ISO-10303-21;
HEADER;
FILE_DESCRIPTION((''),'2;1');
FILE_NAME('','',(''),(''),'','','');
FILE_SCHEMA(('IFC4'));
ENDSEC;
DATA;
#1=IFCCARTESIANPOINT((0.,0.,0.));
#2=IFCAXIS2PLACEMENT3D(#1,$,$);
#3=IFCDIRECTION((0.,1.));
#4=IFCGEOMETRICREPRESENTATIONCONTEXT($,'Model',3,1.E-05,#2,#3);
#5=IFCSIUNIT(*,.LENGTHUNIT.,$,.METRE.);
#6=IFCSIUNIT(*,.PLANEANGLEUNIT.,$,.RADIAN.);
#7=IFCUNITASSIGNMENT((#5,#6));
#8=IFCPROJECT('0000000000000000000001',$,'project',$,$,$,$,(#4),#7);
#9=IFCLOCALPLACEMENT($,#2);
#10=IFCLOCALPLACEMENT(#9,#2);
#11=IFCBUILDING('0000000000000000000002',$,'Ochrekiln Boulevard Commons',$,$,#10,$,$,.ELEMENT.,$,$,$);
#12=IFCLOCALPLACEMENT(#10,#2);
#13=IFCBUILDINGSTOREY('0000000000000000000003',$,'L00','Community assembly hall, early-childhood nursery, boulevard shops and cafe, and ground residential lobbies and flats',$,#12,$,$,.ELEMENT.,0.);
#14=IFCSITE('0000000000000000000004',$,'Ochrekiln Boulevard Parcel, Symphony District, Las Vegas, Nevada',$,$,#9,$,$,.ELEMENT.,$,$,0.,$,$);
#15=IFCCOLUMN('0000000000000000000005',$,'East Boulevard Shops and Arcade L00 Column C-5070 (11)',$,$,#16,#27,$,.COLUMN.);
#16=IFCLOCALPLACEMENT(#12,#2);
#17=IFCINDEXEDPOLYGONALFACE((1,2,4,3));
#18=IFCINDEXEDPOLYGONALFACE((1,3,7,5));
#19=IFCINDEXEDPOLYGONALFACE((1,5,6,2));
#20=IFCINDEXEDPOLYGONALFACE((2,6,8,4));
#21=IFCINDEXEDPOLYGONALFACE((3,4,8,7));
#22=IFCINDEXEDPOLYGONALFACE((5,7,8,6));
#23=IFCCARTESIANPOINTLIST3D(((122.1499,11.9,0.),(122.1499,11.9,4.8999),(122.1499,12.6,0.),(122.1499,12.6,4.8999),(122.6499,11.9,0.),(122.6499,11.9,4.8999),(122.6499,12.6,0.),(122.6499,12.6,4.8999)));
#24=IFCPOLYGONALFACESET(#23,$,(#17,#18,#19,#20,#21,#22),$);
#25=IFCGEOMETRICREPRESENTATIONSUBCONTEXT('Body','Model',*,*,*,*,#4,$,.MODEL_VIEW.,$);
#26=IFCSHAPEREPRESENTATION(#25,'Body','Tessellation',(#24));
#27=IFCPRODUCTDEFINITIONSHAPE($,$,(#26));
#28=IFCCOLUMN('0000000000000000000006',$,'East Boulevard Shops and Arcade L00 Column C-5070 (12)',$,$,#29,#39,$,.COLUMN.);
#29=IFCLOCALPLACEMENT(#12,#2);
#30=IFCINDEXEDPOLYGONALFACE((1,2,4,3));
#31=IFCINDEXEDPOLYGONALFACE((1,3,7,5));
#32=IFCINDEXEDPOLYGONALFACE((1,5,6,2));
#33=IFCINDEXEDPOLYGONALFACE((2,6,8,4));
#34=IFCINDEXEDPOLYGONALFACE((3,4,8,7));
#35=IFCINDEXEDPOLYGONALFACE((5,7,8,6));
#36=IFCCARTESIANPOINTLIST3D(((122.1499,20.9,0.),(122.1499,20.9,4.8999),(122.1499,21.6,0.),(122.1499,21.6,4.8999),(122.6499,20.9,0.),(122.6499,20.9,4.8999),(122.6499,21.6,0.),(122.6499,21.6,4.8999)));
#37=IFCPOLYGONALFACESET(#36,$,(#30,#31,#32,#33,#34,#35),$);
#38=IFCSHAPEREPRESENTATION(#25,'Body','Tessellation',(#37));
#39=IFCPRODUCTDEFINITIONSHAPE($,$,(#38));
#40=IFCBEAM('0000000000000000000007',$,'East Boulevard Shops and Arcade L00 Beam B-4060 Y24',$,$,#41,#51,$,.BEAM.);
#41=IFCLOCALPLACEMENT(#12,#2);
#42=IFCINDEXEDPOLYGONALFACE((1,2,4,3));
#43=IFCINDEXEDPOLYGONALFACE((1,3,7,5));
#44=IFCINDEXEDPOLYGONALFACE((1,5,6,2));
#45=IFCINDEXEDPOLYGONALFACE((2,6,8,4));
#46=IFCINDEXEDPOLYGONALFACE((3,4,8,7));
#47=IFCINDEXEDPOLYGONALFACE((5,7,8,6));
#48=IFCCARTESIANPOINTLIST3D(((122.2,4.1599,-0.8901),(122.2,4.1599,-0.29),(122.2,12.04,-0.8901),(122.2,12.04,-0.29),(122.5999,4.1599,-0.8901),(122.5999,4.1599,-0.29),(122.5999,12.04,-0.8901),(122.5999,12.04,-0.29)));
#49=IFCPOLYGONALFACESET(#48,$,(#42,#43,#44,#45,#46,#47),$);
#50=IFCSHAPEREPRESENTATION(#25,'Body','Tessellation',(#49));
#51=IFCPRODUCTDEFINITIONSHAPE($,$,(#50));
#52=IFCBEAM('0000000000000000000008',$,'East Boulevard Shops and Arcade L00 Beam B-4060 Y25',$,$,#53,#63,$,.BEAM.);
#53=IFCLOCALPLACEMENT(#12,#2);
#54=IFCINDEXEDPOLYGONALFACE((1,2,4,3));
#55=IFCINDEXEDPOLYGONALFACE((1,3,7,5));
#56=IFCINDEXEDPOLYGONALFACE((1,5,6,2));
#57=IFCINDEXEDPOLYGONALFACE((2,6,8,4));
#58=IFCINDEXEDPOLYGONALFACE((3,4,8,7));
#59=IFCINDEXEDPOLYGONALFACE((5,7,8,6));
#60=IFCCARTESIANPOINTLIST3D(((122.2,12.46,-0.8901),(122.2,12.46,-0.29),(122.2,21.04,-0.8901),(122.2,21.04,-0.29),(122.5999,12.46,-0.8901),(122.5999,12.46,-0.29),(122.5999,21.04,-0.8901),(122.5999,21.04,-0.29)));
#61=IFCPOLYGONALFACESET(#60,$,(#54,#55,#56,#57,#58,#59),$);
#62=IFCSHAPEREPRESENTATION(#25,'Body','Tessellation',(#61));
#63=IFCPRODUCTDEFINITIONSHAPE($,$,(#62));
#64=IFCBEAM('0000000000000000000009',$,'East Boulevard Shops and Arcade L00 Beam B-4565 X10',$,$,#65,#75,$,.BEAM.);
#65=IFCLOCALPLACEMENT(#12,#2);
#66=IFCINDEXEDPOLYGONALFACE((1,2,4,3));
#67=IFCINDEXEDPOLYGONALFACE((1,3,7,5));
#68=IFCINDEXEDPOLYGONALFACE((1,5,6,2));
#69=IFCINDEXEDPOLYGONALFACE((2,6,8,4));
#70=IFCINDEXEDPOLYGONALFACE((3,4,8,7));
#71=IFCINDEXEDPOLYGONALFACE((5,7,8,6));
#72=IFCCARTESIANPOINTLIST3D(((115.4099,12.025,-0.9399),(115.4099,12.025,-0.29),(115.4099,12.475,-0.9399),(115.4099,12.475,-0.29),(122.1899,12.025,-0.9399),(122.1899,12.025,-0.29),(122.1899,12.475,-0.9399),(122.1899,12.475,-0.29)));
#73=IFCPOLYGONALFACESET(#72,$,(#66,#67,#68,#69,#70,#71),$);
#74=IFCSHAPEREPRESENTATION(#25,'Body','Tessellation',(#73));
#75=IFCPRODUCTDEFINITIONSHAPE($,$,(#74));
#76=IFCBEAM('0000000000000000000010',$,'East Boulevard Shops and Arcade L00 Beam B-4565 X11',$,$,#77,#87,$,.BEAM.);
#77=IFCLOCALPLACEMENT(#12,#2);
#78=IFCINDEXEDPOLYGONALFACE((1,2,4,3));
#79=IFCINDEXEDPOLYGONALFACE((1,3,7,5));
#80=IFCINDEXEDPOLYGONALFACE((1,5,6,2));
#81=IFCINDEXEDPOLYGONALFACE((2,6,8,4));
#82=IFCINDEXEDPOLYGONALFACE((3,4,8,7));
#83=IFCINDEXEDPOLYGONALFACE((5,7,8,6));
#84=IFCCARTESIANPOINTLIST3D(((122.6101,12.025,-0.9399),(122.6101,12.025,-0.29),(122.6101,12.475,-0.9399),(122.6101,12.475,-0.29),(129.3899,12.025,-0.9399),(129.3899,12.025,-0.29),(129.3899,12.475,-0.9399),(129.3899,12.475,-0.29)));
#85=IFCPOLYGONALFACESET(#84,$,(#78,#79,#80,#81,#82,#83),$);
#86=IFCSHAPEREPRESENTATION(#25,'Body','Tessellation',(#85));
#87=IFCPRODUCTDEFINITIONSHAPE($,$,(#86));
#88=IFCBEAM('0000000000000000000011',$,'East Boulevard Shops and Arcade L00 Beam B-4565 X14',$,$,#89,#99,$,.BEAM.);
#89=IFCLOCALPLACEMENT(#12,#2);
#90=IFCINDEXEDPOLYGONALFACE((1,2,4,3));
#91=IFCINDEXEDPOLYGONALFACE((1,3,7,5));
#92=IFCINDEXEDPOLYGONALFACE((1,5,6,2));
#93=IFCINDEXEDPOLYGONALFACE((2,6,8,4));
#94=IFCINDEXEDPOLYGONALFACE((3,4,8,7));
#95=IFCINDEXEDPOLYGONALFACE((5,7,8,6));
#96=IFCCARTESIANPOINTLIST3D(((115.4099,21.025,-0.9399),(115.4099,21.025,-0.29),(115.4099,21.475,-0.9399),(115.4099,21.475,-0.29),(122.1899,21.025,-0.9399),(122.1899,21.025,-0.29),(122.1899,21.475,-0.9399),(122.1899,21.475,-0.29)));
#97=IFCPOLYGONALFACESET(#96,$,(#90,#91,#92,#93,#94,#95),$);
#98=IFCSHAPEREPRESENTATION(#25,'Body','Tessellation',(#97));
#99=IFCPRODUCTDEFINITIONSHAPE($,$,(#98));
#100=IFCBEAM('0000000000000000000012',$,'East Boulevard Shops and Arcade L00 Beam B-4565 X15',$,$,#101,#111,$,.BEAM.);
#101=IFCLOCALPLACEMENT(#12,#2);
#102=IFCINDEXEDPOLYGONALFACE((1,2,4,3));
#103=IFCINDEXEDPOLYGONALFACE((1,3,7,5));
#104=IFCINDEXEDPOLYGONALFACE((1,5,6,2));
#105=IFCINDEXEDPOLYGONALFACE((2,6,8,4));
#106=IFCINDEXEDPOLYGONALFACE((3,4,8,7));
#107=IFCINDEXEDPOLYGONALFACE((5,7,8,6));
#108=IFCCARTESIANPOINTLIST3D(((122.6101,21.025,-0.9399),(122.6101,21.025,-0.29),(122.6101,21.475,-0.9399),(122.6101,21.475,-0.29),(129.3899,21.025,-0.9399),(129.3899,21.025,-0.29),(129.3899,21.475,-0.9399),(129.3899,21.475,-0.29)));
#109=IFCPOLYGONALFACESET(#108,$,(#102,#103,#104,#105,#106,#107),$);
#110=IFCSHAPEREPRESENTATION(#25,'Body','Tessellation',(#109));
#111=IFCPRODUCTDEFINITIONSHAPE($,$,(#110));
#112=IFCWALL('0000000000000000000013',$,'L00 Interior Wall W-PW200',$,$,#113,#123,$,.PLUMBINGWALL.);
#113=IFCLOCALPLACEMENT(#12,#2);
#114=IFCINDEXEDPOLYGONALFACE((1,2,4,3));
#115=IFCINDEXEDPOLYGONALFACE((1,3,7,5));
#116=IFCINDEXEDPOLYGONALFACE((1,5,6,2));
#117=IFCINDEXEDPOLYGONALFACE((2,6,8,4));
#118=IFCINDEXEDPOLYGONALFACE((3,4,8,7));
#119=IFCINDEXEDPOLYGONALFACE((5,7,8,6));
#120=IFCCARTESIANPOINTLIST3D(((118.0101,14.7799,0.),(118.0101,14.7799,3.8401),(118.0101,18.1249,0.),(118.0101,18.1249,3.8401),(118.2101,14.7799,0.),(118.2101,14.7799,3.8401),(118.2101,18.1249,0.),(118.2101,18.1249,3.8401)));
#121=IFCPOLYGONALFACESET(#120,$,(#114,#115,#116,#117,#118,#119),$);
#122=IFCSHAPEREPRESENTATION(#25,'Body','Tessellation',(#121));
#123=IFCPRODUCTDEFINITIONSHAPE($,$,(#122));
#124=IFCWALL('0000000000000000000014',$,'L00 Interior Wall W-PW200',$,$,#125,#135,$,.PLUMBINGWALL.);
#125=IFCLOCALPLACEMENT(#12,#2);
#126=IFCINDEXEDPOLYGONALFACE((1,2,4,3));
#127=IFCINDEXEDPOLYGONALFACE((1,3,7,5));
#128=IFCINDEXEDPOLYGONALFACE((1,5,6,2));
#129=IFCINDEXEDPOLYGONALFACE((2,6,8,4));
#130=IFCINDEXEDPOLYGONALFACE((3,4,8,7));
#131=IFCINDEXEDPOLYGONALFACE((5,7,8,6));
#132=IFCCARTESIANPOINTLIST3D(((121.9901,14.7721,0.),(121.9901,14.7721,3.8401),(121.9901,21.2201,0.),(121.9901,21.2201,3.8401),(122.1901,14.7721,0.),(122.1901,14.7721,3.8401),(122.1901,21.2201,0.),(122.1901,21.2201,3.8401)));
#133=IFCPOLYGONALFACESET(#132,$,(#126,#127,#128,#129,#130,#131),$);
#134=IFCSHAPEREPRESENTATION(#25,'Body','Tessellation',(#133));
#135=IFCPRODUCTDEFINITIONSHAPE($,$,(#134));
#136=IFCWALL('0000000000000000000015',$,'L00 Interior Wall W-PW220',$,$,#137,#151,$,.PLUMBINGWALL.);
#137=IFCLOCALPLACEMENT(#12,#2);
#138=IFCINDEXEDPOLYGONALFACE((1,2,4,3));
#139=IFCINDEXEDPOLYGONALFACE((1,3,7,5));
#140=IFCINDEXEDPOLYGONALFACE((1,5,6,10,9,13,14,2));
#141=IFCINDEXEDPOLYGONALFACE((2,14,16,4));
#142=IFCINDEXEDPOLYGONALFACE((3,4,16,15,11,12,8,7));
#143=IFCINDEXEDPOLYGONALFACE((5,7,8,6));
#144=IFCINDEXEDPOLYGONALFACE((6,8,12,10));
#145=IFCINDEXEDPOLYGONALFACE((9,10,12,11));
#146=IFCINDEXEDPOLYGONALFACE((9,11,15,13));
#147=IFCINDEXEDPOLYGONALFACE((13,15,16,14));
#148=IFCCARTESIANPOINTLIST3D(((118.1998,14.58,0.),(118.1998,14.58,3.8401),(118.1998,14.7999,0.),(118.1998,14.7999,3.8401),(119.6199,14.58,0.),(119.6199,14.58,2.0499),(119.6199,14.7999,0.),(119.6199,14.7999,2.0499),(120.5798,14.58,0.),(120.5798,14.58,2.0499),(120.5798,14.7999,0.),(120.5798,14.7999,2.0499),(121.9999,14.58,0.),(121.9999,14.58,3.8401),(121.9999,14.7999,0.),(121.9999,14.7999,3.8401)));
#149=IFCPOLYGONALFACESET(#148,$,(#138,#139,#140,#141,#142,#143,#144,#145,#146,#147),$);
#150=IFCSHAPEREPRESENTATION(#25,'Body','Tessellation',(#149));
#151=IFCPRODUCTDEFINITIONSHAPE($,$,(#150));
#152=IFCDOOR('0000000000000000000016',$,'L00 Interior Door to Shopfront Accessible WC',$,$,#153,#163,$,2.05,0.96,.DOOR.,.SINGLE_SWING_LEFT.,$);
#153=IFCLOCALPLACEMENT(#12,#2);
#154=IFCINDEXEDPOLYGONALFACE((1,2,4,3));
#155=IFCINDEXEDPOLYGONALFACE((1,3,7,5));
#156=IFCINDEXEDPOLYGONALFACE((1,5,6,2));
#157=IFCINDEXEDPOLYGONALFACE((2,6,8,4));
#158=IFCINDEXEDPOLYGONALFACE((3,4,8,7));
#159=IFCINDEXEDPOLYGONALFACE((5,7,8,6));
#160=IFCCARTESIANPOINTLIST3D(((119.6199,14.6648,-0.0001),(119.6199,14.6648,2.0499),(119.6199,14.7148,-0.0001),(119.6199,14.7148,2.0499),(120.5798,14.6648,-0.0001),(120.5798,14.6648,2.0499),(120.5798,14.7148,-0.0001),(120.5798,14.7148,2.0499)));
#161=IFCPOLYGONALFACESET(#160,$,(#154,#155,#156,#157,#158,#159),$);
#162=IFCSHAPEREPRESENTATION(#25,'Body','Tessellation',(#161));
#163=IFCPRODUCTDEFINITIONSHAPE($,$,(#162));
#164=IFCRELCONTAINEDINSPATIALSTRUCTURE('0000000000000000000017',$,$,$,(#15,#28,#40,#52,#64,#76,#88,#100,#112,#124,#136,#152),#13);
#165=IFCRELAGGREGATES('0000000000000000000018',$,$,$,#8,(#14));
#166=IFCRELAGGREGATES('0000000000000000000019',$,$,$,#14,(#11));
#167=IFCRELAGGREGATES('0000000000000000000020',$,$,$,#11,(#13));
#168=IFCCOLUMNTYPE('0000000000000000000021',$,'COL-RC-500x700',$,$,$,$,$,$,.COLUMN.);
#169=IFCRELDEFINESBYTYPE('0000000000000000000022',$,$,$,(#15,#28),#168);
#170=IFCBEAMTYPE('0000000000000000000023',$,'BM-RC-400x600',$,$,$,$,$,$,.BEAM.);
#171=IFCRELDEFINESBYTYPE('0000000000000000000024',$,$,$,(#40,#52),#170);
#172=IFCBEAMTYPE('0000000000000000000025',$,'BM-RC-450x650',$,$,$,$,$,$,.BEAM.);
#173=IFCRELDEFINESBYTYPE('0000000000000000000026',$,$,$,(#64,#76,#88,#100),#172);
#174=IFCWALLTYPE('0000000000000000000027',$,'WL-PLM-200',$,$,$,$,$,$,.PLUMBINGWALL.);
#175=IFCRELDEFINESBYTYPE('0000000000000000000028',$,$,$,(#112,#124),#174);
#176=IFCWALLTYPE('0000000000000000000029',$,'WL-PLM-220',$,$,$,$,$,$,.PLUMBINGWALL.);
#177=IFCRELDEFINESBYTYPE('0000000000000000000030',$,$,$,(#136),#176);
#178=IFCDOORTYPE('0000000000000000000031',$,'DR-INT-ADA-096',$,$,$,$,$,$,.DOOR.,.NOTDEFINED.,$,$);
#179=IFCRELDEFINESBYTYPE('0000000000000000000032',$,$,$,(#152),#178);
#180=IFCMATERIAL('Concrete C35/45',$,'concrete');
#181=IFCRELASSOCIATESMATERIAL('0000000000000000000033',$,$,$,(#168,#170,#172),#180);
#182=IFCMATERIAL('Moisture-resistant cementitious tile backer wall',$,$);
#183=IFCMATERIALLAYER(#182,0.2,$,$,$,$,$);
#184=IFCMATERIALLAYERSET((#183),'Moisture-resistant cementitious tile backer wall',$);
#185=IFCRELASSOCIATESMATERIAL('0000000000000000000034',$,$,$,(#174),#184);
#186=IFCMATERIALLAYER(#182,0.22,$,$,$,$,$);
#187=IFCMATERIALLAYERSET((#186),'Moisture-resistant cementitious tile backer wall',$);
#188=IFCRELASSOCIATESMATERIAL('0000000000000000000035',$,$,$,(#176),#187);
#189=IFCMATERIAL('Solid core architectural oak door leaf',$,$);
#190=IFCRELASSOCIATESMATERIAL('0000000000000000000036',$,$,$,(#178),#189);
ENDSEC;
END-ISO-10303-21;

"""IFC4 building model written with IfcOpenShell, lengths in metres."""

from ifc_helpers import new_model, si_unit, direction, frame, frame_2d, origin, origin_2d, place, context, subcontext, project, spatial, rectangle, extrude, material, layer, layer_set, material_profile, profile_set, type_object, element, fill, save


model = new_model("IFC4")

# Units and contexts
model_context = context("Model", 3, precision=1e-05, world=origin(), true_north=direction((0.0, 1.0)))
body_context = subcontext(model_context, "Body", "Model", "MODEL_VIEW")
ifc_project = project(units=[si_unit("LENGTHUNIT", "METRE"), si_unit("PLANEANGLEUNIT", "RADIAN")], contexts=[model_context])

# Site, building, storey
site_placement = place(None, origin())
site = spatial("IfcSite", under=ifc_project, at=site_placement, Name="Ochrekiln Boulevard Parcel, Symphony District, Las Vegas, Nevada", CompositionType="ELEMENT", RefElevation=0.0)
building_placement = place(site_placement, origin())
building = spatial("IfcBuilding", under=site, at=building_placement, Name="Ochrekiln Boulevard Commons", CompositionType="ELEMENT")
storey_placement = place(building_placement, origin())
storey = spatial("IfcBuildingStorey", under=building, at=storey_placement, Name="L00", Description="Community assembly hall, early-childhood nursery, boulevard shops and cafe, and ground residential lobbies and flats", CompositionType="ELEMENT", Elevation=0.0)

# Columns
ifc_material_1 = material(Name="Concrete C35/45", Category="concrete")
ifc_material_profile_1 = material_profile(ifc_material_1, rectangle(XDim=0.5, YDim=0.7, at=origin_2d()), Name="RC-COL-500x700")
ifc_profile_set_1 = profile_set([ifc_material_profile_1], Name="Concrete C35/45")
column_type = type_object("IfcColumnType", Name="COL-RC-500x700", PredefinedType="COLUMN", material=ifc_profile_set_1)
for number, where, z_axis, x_axis, name in (
    (1, (122.3999, 12.25, 0.0), (0.0, 0.0, 1.0), (1.0, 0.0, 0.0), "East Boulevard Shops and Arcade L00 Column C-5070 (11)"),
    (2, (122.3999, 21.25, 0.0), (0.0, 0.0, 1.0), (1.0, 0.0, 0.0), "East Boulevard Shops and Arcade L00 Column C-5070 (12)"),
):
    element("IfcColumn", number, at=place(storey_placement, frame(where, z_axis=z_axis, x_axis=x_axis)), inside=storey, type_object=column_type, Name=name, PredefinedType="COLUMN", context=body_context, shape_type="SweptSolid", body=[
        extrude(rectangle(XDim=0.5, YDim=0.7, at=origin_2d()), origin(), (0.0, 0.0, 1.0), 4.8999),
    ])

# Beams
ifc_material_profile_2 = material_profile(ifc_material_1, rectangle(XDim=0.3999, YDim=0.6001, at=origin_2d()), Name="RC-BM-400x600")
ifc_profile_set_2 = profile_set([ifc_material_profile_2], Name="Concrete C35/45")
beam_type_1 = type_object("IfcBeamType", Name="BM-RC-400x600", PredefinedType="BEAM", material=ifc_profile_set_2)
beam_1_placement = place(storey_placement, frame((122.3999, 4.1599, -0.5901), z_axis=(0.0, 1.0, 0.0), x_axis=(-1.0, 0.0, 0.0)))
element("IfcBeam", 3, at=beam_1_placement, inside=storey, type_object=beam_type_1, Name="East Boulevard Shops and Arcade L00 Beam B-4060 Y24", PredefinedType="BEAM", context=body_context, shape_type="SweptSolid", body=[
    extrude(rectangle(XDim=0.3999, YDim=0.6001, at=origin_2d()), origin(), (0.0, 0.0, 1.0), 7.8801),
])
beam_2_placement = place(storey_placement, frame((122.3999, 12.46, -0.5901), z_axis=(0.0, 1.0, 0.0), x_axis=(-1.0, 0.0, 0.0)))
element("IfcBeam", 4, at=beam_2_placement, inside=storey, type_object=beam_type_1, Name="East Boulevard Shops and Arcade L00 Beam B-4060 Y25", PredefinedType="BEAM", context=body_context, shape_type="SweptSolid", body=[
    extrude(rectangle(XDim=0.3999, YDim=0.6001, at=origin_2d()), origin(), (0.0, 0.0, 1.0), 8.5801),
])
ifc_material_profile_3 = material_profile(ifc_material_1, rectangle(XDim=0.45, YDim=0.6499, at=origin_2d()), Name="RC-BM-450x650")
ifc_profile_set_3 = profile_set([ifc_material_profile_3], Name="Concrete C35/45")
beam_type_2 = type_object("IfcBeamType", Name="BM-RC-450x650", PredefinedType="BEAM", material=ifc_profile_set_3)
beam_3_placement = place(storey_placement, frame((115.4099, 12.25, -0.615), z_axis=(1.0, 0.0, 0.0), x_axis=(0.0, 1.0, 0.0)))
element("IfcBeam", 5, at=beam_3_placement, inside=storey, type_object=beam_type_2, Name="East Boulevard Shops and Arcade L00 Beam B-4565 X10", PredefinedType="BEAM", context=body_context, shape_type="SweptSolid", body=[
    extrude(rectangle(XDim=0.45, YDim=0.6499, at=origin_2d()), origin(), (0.0, 0.0, 1.0), 6.78),
])
beam_4_placement = place(storey_placement, frame((122.6101, 12.25, -0.615), z_axis=(1.0, 0.0, 0.0), x_axis=(0.0, 1.0, 0.0)))
element("IfcBeam", 6, at=beam_4_placement, inside=storey, type_object=beam_type_2, Name="East Boulevard Shops and Arcade L00 Beam B-4565 X11", PredefinedType="BEAM", context=body_context, shape_type="SweptSolid", body=[
    extrude(rectangle(XDim=0.45, YDim=0.6499, at=origin_2d()), origin(), (0.0, 0.0, 1.0), 6.7798),
])
beam_5_placement = place(storey_placement, frame((115.4099, 21.25, -0.615), z_axis=(1.0, 0.0, 0.0), x_axis=(0.0, 1.0, 0.0)))
element("IfcBeam", 7, at=beam_5_placement, inside=storey, type_object=beam_type_2, Name="East Boulevard Shops and Arcade L00 Beam B-4565 X14", PredefinedType="BEAM", context=body_context, shape_type="SweptSolid", body=[
    extrude(rectangle(XDim=0.45, YDim=0.6499, at=origin_2d()), origin(), (0.0, 0.0, 1.0), 6.78),
])
beam_6_placement = place(storey_placement, frame((122.6101, 21.25, -0.615), z_axis=(1.0, 0.0, 0.0), x_axis=(0.0, 1.0, 0.0)))
element("IfcBeam", 8, at=beam_6_placement, inside=storey, type_object=beam_type_2, Name="East Boulevard Shops and Arcade L00 Beam B-4565 X15", PredefinedType="BEAM", context=body_context, shape_type="SweptSolid", body=[
    extrude(rectangle(XDim=0.45, YDim=0.6499, at=origin_2d()), origin(), (0.0, 0.0, 1.0), 6.7798),
])

# Walls
ifc_material_2 = material(Name="Moisture-resistant cementitious tile backer wall")
ifc_layer_1 = layer(ifc_material_2, 0.2)
ifc_layer_set_1 = layer_set([ifc_layer_1], Name="Moisture-resistant cementitious tile backer wall")
wall_type_1 = type_object("IfcWallType", Name="WL-PLM-200", PredefinedType="PLUMBINGWALL", material=ifc_layer_set_1)
wall_1_placement = place(storey_placement, frame((118.1101, 14.78, 0.0), z_axis=(0.0, 0.0, 1.0), x_axis=(0.0, 1.0, 0.0)))
element("IfcWall", 9, at=wall_1_placement, inside=storey, type_object=wall_type_1, Name="L00 Interior Wall W-PW200", PredefinedType="PLUMBINGWALL", context=body_context, shape_type="SweptSolid", body=[
    extrude(rectangle(XDim=3.345, YDim=0.2, at=frame_2d((1.6724, 0.0))), origin(), (0.0, 0.0, 1.0), 3.8401),
])
wall_2_placement = place(storey_placement, frame((122.0901, 14.772, 0.0), z_axis=(0.0, 0.0, 1.0), x_axis=(0.0, 1.0, 0.0)))
element("IfcWall", 10, at=wall_2_placement, inside=storey, type_object=wall_type_1, Name="L00 Interior Wall W-PW200", PredefinedType="PLUMBINGWALL", context=body_context, shape_type="SweptSolid", body=[
    extrude(rectangle(XDim=6.448, YDim=0.2, at=frame_2d((3.2241, 0.0))), origin(), (0.0, 0.0, 1.0), 3.8401),
])

# Wall, opening, door
ifc_layer_2 = layer(ifc_material_2, 0.22)
ifc_layer_set_2 = layer_set([ifc_layer_2], Name="Moisture-resistant cementitious tile backer wall")
wall_type_2 = type_object("IfcWallType", Name="WL-PLM-220", PredefinedType="PLUMBINGWALL", material=ifc_layer_set_2)
wall_3_placement = place(storey_placement, frame((118.2, 14.6899, 0.0), z_axis=(0.0, 0.0, 1.0), x_axis=(1.0, 0.0, 0.0)))
wall_3 = element("IfcWall", 11, at=wall_3_placement, inside=storey, type_object=wall_type_2, Name="L00 Interior Wall W-PW220", PredefinedType="PLUMBINGWALL", context=body_context, shape_type="SweptSolid", body=[
    extrude(rectangle(XDim=3.8, YDim=0.22, at=frame_2d((1.8999, 0.0))), origin(), (0.0, 0.0, 1.0), 3.8401),
])
opening_1_placement = place(wall_3_placement, frame((1.4199, 0.0, 0.0)))
opening_1 = element("IfcOpeningElement", 12, at=opening_1_placement, cuts=wall_3, PredefinedType="OPENING", context=body_context, shape_type="SweptSolid", body=[
    extrude(rectangle(XDim=0.96, YDim=2.05, at=frame_2d((0.48, 1.0249))), frame((0.0, 0.1199, 0.0), z_axis=(0.0, -1.0, 0.0), x_axis=(1.0, 0.0, 0.0)), (0.0, 0.0, 1.0), 0.24),
])
ifc_material_3 = material(Name="Solid core architectural oak door leaf")
door_type_1 = type_object("IfcDoorType", Name="DR-INT-ADA-096", OperationType="NOTDEFINED", PredefinedType="DOOR", material=ifc_material_3)
door_1_placement = place(opening_1_placement, origin())
door_1 = element("IfcDoor", 13, at=door_1_placement, inside=storey, type_object=door_type_1, Name="L00 Interior Door to Shopfront Accessible WC", OperationType="SINGLE_SWING_LEFT", OverallHeight=2.05, OverallWidth=0.96, PredefinedType="DOOR", context=body_context, shape_type="SweptSolid", body=[
    extrude(rectangle(XDim=0.96, YDim=2.05, at=frame_2d((0.48, 1.0249))), frame((0.0, 0.0249, 0.0), z_axis=(0.0, -1.0, 0.0), x_axis=(1.0, 0.0, 0.0)), (0.0, 0.0, 1.0), 0.05),
])
fill(opening_1, door_1)

save(model, "model.ifc")
